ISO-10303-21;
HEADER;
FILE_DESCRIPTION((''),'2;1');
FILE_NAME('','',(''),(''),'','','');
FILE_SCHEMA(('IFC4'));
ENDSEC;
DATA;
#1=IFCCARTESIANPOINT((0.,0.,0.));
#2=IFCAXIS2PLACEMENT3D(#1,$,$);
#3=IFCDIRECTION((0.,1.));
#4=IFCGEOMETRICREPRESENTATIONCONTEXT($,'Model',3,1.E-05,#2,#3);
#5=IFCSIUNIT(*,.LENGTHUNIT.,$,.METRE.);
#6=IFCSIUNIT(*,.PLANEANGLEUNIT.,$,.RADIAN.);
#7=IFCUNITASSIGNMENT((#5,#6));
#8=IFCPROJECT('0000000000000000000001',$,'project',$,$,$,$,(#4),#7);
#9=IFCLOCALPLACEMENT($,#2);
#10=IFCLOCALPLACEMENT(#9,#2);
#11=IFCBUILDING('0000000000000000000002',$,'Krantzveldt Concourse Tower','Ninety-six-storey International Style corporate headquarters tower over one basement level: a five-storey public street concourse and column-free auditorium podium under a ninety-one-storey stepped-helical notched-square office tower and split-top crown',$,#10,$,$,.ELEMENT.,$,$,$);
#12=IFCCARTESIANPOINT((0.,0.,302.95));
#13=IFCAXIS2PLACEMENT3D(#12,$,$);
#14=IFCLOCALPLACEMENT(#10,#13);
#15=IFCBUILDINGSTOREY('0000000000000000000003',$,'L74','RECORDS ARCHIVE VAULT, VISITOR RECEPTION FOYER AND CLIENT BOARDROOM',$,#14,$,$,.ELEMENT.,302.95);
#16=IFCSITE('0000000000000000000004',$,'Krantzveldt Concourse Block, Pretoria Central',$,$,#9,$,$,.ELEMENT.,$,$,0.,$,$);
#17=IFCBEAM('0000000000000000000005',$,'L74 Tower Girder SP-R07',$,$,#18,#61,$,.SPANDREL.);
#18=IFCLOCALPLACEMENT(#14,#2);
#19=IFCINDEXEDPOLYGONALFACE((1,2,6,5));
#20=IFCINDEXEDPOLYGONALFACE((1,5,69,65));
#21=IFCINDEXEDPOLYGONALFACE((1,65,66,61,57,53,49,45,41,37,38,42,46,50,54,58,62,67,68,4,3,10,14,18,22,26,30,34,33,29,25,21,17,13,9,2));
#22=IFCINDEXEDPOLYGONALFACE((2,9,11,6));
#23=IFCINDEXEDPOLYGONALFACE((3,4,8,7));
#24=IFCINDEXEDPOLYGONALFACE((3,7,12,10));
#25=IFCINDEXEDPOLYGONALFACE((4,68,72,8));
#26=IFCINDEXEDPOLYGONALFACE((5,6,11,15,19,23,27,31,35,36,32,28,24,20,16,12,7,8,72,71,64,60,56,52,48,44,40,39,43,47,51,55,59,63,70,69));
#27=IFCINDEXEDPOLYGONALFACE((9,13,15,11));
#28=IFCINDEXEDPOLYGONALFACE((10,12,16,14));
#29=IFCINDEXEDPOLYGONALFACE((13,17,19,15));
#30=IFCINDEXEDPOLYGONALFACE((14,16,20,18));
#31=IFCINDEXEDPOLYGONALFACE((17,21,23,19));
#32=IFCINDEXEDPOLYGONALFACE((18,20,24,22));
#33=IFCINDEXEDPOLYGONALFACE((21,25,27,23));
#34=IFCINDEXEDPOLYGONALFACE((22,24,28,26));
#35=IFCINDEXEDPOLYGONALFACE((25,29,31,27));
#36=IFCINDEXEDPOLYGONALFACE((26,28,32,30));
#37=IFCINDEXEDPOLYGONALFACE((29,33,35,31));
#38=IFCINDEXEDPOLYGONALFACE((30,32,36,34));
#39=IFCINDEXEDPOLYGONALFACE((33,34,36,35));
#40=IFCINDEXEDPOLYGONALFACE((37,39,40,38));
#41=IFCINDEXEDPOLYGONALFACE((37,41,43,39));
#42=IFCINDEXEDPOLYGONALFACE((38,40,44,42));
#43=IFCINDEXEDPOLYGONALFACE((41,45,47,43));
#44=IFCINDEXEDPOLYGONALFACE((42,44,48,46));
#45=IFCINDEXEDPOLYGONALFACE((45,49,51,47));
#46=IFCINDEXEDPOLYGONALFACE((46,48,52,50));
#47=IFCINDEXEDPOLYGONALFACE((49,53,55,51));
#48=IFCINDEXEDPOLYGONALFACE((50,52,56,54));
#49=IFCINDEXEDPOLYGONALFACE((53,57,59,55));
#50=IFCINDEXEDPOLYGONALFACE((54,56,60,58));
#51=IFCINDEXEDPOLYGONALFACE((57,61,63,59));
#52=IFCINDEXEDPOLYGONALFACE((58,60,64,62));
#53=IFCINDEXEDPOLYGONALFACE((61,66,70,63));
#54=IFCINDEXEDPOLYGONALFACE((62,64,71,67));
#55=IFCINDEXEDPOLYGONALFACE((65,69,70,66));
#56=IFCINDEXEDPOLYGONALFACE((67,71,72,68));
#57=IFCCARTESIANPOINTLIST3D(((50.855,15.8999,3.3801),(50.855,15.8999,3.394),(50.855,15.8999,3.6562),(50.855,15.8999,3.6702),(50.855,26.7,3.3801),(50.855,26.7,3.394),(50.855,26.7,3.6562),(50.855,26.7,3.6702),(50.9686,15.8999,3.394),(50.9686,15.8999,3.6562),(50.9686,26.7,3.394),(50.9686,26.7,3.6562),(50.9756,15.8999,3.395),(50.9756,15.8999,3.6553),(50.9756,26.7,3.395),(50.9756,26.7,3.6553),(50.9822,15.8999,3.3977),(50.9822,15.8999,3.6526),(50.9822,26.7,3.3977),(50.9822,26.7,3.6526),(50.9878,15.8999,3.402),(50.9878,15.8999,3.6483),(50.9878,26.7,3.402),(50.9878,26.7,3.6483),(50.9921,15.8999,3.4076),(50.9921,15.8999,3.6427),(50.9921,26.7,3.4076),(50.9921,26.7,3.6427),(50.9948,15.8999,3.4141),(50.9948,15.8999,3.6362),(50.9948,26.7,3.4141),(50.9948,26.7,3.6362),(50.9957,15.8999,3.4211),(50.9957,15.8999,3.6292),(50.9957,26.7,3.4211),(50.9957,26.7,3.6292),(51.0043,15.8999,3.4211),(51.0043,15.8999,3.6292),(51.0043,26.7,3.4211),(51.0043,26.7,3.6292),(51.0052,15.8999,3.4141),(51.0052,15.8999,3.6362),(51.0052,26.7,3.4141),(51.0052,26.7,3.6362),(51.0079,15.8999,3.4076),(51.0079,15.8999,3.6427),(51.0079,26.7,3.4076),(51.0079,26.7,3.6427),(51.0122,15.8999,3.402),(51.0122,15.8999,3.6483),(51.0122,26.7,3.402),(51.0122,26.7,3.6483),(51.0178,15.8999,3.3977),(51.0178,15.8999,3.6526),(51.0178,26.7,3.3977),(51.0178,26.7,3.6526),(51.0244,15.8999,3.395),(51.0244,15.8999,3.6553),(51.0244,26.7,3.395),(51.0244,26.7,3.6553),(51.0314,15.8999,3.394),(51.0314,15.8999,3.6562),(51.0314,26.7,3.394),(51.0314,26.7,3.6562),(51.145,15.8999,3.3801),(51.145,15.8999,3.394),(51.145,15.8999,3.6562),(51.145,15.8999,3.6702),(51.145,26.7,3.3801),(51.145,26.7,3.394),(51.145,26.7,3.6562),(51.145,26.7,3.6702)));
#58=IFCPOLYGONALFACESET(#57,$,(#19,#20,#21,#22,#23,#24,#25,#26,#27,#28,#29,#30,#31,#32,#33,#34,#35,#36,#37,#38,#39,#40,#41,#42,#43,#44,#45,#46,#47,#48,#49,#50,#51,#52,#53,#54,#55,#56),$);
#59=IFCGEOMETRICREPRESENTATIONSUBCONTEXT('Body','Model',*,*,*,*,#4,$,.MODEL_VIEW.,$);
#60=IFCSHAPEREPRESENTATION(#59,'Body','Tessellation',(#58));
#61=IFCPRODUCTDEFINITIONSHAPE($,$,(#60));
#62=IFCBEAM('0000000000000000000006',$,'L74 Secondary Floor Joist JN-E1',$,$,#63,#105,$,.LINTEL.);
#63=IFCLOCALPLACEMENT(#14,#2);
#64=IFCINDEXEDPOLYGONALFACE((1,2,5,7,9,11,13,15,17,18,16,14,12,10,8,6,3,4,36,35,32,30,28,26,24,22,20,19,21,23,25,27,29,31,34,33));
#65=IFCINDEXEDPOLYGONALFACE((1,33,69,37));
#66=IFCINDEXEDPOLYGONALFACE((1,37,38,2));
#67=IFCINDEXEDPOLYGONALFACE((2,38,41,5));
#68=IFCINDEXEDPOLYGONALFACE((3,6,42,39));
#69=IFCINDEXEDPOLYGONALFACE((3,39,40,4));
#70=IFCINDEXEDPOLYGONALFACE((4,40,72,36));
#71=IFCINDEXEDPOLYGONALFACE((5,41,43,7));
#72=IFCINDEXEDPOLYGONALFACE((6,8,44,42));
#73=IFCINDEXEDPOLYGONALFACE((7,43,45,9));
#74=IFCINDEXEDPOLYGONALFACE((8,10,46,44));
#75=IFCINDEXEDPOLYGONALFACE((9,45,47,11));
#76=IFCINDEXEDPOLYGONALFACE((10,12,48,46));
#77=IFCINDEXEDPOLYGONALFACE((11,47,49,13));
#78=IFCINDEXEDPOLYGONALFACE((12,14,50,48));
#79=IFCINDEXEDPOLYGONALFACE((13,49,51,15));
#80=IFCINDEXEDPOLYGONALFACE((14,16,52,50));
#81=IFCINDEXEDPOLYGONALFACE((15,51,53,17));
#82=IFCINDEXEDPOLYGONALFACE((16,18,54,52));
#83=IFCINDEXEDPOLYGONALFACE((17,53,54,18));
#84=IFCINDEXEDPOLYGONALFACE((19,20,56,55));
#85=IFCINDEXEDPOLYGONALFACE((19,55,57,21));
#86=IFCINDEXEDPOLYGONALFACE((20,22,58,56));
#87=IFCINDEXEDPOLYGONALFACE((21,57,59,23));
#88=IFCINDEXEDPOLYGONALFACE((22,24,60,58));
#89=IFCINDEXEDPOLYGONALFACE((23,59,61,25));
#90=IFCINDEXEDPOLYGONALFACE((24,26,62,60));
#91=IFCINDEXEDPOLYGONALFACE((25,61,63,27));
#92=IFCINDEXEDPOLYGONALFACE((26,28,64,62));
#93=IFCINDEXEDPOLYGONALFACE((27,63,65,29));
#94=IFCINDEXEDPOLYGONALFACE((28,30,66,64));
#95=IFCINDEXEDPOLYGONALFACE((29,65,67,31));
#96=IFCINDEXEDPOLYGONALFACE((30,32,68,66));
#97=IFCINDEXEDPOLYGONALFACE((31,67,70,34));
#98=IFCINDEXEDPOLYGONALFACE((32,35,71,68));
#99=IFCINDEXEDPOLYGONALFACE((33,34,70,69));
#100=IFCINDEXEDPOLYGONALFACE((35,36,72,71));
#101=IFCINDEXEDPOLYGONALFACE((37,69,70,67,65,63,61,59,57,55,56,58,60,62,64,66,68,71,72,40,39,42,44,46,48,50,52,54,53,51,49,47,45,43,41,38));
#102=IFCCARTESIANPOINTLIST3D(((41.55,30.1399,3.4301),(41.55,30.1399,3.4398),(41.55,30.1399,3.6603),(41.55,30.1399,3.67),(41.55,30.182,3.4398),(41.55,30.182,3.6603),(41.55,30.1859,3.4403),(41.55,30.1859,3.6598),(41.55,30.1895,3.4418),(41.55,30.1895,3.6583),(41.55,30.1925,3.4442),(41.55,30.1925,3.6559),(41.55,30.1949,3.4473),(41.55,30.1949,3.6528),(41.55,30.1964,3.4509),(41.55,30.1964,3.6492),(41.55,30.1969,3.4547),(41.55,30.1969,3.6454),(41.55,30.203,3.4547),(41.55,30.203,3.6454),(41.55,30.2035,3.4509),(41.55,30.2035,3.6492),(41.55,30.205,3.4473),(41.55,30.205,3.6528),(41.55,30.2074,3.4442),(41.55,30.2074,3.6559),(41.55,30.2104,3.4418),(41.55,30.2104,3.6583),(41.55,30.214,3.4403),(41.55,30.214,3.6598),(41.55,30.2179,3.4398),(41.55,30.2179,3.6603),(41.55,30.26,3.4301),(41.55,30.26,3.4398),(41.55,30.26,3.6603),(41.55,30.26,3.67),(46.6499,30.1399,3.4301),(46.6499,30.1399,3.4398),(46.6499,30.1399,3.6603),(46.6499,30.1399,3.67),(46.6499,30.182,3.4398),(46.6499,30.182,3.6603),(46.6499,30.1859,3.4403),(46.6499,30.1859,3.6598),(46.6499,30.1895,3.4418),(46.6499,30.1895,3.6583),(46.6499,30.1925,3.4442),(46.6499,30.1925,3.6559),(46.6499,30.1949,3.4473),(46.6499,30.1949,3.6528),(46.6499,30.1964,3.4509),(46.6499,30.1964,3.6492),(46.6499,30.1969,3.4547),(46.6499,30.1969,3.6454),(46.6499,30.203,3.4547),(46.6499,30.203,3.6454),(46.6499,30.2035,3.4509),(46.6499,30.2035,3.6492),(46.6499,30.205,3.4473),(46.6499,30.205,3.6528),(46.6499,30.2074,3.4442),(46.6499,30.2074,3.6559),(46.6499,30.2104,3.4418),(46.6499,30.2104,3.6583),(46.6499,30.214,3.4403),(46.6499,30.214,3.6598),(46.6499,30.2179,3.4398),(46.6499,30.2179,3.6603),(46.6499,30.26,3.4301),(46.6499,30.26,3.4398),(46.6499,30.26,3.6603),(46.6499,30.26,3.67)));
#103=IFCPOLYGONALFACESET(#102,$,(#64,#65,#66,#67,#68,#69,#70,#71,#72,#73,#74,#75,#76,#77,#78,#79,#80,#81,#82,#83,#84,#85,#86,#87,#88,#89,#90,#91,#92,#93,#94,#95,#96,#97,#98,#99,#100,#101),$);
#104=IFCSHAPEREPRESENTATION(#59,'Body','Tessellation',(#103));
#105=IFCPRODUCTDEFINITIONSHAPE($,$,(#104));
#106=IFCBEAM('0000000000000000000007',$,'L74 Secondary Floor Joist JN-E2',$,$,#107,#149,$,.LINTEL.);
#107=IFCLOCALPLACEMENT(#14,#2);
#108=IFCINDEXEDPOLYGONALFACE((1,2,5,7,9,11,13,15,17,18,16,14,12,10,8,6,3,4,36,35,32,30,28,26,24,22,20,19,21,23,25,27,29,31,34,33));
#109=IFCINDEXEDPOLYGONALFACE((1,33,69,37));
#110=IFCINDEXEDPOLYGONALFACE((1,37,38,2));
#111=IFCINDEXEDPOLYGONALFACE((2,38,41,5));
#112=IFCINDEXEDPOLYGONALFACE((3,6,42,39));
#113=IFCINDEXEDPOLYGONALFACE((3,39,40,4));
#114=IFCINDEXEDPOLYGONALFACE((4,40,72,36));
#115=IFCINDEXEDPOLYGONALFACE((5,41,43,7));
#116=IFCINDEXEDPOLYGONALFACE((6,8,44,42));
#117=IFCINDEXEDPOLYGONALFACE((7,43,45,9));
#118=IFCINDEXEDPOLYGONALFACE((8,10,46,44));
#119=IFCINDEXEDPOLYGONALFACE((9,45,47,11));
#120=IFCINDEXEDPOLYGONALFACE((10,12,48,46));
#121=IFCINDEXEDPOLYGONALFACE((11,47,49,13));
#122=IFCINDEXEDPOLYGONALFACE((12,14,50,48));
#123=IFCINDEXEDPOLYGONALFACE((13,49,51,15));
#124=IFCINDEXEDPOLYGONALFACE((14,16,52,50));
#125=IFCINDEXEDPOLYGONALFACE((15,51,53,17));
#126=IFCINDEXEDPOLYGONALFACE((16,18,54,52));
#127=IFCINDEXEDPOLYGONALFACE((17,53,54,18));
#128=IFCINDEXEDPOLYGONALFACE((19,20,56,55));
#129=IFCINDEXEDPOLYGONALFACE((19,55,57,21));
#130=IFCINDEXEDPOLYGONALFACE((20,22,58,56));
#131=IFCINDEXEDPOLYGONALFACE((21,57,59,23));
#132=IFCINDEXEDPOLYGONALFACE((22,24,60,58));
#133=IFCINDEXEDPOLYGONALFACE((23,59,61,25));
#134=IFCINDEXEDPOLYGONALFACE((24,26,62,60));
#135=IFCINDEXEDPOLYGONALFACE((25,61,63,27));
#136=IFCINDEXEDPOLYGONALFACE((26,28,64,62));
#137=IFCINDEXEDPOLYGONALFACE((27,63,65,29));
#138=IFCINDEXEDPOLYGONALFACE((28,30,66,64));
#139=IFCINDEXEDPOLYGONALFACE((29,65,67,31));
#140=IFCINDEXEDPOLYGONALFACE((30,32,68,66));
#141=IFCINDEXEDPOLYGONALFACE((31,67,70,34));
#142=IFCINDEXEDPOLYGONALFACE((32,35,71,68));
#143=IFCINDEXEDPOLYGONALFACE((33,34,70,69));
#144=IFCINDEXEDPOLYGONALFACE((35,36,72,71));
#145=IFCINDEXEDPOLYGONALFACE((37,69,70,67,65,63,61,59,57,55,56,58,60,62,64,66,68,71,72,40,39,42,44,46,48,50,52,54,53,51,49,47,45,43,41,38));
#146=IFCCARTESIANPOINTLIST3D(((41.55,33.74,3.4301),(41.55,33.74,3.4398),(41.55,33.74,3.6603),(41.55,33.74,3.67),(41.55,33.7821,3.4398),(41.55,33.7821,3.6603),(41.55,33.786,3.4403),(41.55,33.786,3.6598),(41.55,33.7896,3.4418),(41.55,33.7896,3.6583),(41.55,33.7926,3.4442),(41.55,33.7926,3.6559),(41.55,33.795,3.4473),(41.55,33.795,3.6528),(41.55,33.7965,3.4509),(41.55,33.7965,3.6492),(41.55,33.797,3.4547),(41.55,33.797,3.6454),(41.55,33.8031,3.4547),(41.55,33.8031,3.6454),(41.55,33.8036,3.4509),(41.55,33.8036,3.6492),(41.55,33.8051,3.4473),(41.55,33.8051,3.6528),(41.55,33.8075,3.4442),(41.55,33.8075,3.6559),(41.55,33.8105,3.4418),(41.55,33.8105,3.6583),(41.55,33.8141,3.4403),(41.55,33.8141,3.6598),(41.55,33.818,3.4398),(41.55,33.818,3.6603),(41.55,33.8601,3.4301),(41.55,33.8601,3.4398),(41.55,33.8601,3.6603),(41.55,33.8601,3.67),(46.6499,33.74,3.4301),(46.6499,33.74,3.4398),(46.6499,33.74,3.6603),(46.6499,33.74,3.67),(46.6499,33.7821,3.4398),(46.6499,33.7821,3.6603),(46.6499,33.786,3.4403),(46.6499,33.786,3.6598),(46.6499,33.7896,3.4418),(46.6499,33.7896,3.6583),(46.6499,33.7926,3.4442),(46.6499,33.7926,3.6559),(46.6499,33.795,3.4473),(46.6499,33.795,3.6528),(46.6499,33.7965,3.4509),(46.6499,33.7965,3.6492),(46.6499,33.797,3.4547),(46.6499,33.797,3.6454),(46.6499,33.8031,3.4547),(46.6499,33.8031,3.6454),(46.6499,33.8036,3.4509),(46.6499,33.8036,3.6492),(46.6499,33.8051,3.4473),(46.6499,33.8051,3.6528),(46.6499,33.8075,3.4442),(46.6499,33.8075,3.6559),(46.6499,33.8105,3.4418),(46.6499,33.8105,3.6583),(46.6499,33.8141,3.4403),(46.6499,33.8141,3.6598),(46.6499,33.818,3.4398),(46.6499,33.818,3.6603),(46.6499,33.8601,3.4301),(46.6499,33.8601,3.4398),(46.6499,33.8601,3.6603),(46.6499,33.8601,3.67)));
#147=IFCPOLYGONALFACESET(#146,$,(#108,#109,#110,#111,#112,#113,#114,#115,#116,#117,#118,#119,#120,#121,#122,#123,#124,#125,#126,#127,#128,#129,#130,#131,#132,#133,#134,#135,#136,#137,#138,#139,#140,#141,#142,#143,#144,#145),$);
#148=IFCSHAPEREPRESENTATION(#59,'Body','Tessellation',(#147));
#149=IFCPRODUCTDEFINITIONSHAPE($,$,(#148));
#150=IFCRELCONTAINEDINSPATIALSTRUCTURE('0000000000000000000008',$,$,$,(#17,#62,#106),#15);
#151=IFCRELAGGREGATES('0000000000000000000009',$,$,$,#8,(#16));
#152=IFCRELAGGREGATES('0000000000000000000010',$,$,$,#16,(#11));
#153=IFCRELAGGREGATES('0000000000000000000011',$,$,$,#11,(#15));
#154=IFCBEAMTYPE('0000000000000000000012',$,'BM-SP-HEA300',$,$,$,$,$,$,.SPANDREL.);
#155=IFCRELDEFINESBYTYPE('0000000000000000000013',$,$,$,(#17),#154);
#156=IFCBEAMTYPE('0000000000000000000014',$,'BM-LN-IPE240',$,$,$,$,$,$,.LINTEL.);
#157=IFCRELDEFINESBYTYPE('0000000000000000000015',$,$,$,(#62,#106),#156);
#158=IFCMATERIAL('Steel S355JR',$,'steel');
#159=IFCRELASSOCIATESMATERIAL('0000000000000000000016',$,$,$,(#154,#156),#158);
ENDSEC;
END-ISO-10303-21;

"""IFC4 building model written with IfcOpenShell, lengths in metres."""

from ifc_helpers import new_model, si_unit, direction, frame, origin, origin_2d, place, context, subcontext, project, spatial, i_section, extrude, source, transform, mapped, material, material_profile, profile_set, type_object, type_shapes, element, save


model = new_model("IFC4")

# Units and contexts
model_context = context("Model", 3, precision=1e-05, world=origin(), true_north=direction((0.0, 1.0)))
body_context = subcontext(model_context, "Body", "Model", "MODEL_VIEW")
ifc_project = project(units=[si_unit("LENGTHUNIT", "METRE"), si_unit("PLANEANGLEUNIT", "RADIAN")], contexts=[model_context])

# Site, building, storey
site_placement = place(None, origin())
site = spatial("IfcSite", under=ifc_project, at=site_placement, Name="Krantzveldt Concourse Block, Pretoria Central", CompositionType="ELEMENT", RefElevation=0.0)
building_placement = place(site_placement, origin())
building = spatial("IfcBuilding", under=site, at=building_placement, Name="Krantzveldt Concourse Tower", Description="Ninety-six-storey International Style corporate headquarters tower over one basement level: a five-storey public street concourse and column-free auditorium podium under a ninety-one-storey stepped-helical notched-square office tower and split-top crown", CompositionType="ELEMENT")
storey_placement = place(building_placement, frame((0.0, 0.0, 302.95)))
storey = spatial("IfcBuildingStorey", under=building, at=storey_placement, Name="L74", Description="RECORDS ARCHIVE VAULT, VISITOR RECEPTION FOYER AND CLIENT BOARDROOM", CompositionType="ELEMENT", Elevation=302.95)

# Beams
ifc_material_1 = material(Name="Steel S355JR", Category="steel")
ifc_material_profile_1 = material_profile(ifc_material_1, i_section(OverallWidth=0.29, OverallDepth=0.29, WebThickness=0.0085, FlangeThickness=0.0139, FilletRadius=0.0271, at=origin_2d()), Name="Steel S355JR", Category="steel")
ifc_profile_set_1 = profile_set([ifc_material_profile_1], Name="Steel S355JR - HEA 300")
beam_type_1 = type_object("IfcBeamType", Name="BM-SP-HEA300", PredefinedType="SPANDREL", material=ifc_profile_set_1)
shared_shape_1 = source(origin(), body_context, "Body", "SweptSolid", [
    extrude(i_section(OverallWidth=0.29, OverallDepth=0.29, WebThickness=0.0085, FlangeThickness=0.0139, FilletRadius=0.0271, at=origin_2d()), origin(), (0.0, 0.0, 1.0), 10.8),
])
type_shapes(beam_type_1, [shared_shape_1])
beam_1_placement = place(storey_placement, frame((51.0, 26.7, 3.5251), z_axis=(0.0, -1.0, 0.0), x_axis=(1.0, 0.0, 0.0)))
element("IfcBeam", 1, at=beam_1_placement, inside=storey, type_object=beam_type_1, Name="L74 Tower Girder SP-R07", PredefinedType="SPANDREL", context=body_context, shape_type="MappedRepresentation", body=[
    mapped(shared_shape_1, transform((0.0, 0.0, 0.0), x_axis=(1.0, 0.0, 0.0), y_axis=(0.0, 1.0, 0.0), z_axis=(0.0, 0.0, 1.0), scale=1.0)),
])
ifc_material_profile_2 = material_profile(ifc_material_1, i_section(OverallWidth=0.1201, OverallDepth=0.24, WebThickness=0.0061, FlangeThickness=0.0098, FilletRadius=0.0149, at=origin_2d()), Name="Steel S355JR", Category="steel")
ifc_profile_set_2 = profile_set([ifc_material_profile_2], Name="Steel S355JR - IPE 240")
beam_type_2 = type_object("IfcBeamType", Name="BM-LN-IPE240", PredefinedType="LINTEL", material=ifc_profile_set_2)
shared_shape_2 = source(origin(), body_context, "Body", "SweptSolid", [
    extrude(i_section(OverallWidth=0.1201, OverallDepth=0.24, WebThickness=0.0061, FlangeThickness=0.0098, FilletRadius=0.0149, at=origin_2d()), origin(), (0.0, 0.0, 1.0), 5.0999),
])
type_shapes(beam_type_2, [shared_shape_2])
for number, where, z_axis, x_axis, name in (
    (2, (41.55, 30.2, 3.55), (1.0, 0.0, 0.0), (0.0, 1.0, 0.0), "L74 Secondary Floor Joist JN-E1"),
    (3, (41.55, 33.8, 3.55), (1.0, 0.0, 0.0), (0.0, 1.0, 0.0), "L74 Secondary Floor Joist JN-E2"),
):
    element("IfcBeam", number, at=place(storey_placement, frame(where, z_axis=z_axis, x_axis=x_axis)), inside=storey, type_object=beam_type_2, Name=name, PredefinedType="LINTEL", context=body_context, shape_type="MappedRepresentation", body=[
        mapped(shared_shape_2, transform((0.0, 0.0, 0.0), x_axis=(1.0, 0.0, 0.0), y_axis=(0.0, 1.0, 0.0), z_axis=(0.0, 0.0, 1.0), scale=1.0)),
    ])

save(model, "model.ifc")
